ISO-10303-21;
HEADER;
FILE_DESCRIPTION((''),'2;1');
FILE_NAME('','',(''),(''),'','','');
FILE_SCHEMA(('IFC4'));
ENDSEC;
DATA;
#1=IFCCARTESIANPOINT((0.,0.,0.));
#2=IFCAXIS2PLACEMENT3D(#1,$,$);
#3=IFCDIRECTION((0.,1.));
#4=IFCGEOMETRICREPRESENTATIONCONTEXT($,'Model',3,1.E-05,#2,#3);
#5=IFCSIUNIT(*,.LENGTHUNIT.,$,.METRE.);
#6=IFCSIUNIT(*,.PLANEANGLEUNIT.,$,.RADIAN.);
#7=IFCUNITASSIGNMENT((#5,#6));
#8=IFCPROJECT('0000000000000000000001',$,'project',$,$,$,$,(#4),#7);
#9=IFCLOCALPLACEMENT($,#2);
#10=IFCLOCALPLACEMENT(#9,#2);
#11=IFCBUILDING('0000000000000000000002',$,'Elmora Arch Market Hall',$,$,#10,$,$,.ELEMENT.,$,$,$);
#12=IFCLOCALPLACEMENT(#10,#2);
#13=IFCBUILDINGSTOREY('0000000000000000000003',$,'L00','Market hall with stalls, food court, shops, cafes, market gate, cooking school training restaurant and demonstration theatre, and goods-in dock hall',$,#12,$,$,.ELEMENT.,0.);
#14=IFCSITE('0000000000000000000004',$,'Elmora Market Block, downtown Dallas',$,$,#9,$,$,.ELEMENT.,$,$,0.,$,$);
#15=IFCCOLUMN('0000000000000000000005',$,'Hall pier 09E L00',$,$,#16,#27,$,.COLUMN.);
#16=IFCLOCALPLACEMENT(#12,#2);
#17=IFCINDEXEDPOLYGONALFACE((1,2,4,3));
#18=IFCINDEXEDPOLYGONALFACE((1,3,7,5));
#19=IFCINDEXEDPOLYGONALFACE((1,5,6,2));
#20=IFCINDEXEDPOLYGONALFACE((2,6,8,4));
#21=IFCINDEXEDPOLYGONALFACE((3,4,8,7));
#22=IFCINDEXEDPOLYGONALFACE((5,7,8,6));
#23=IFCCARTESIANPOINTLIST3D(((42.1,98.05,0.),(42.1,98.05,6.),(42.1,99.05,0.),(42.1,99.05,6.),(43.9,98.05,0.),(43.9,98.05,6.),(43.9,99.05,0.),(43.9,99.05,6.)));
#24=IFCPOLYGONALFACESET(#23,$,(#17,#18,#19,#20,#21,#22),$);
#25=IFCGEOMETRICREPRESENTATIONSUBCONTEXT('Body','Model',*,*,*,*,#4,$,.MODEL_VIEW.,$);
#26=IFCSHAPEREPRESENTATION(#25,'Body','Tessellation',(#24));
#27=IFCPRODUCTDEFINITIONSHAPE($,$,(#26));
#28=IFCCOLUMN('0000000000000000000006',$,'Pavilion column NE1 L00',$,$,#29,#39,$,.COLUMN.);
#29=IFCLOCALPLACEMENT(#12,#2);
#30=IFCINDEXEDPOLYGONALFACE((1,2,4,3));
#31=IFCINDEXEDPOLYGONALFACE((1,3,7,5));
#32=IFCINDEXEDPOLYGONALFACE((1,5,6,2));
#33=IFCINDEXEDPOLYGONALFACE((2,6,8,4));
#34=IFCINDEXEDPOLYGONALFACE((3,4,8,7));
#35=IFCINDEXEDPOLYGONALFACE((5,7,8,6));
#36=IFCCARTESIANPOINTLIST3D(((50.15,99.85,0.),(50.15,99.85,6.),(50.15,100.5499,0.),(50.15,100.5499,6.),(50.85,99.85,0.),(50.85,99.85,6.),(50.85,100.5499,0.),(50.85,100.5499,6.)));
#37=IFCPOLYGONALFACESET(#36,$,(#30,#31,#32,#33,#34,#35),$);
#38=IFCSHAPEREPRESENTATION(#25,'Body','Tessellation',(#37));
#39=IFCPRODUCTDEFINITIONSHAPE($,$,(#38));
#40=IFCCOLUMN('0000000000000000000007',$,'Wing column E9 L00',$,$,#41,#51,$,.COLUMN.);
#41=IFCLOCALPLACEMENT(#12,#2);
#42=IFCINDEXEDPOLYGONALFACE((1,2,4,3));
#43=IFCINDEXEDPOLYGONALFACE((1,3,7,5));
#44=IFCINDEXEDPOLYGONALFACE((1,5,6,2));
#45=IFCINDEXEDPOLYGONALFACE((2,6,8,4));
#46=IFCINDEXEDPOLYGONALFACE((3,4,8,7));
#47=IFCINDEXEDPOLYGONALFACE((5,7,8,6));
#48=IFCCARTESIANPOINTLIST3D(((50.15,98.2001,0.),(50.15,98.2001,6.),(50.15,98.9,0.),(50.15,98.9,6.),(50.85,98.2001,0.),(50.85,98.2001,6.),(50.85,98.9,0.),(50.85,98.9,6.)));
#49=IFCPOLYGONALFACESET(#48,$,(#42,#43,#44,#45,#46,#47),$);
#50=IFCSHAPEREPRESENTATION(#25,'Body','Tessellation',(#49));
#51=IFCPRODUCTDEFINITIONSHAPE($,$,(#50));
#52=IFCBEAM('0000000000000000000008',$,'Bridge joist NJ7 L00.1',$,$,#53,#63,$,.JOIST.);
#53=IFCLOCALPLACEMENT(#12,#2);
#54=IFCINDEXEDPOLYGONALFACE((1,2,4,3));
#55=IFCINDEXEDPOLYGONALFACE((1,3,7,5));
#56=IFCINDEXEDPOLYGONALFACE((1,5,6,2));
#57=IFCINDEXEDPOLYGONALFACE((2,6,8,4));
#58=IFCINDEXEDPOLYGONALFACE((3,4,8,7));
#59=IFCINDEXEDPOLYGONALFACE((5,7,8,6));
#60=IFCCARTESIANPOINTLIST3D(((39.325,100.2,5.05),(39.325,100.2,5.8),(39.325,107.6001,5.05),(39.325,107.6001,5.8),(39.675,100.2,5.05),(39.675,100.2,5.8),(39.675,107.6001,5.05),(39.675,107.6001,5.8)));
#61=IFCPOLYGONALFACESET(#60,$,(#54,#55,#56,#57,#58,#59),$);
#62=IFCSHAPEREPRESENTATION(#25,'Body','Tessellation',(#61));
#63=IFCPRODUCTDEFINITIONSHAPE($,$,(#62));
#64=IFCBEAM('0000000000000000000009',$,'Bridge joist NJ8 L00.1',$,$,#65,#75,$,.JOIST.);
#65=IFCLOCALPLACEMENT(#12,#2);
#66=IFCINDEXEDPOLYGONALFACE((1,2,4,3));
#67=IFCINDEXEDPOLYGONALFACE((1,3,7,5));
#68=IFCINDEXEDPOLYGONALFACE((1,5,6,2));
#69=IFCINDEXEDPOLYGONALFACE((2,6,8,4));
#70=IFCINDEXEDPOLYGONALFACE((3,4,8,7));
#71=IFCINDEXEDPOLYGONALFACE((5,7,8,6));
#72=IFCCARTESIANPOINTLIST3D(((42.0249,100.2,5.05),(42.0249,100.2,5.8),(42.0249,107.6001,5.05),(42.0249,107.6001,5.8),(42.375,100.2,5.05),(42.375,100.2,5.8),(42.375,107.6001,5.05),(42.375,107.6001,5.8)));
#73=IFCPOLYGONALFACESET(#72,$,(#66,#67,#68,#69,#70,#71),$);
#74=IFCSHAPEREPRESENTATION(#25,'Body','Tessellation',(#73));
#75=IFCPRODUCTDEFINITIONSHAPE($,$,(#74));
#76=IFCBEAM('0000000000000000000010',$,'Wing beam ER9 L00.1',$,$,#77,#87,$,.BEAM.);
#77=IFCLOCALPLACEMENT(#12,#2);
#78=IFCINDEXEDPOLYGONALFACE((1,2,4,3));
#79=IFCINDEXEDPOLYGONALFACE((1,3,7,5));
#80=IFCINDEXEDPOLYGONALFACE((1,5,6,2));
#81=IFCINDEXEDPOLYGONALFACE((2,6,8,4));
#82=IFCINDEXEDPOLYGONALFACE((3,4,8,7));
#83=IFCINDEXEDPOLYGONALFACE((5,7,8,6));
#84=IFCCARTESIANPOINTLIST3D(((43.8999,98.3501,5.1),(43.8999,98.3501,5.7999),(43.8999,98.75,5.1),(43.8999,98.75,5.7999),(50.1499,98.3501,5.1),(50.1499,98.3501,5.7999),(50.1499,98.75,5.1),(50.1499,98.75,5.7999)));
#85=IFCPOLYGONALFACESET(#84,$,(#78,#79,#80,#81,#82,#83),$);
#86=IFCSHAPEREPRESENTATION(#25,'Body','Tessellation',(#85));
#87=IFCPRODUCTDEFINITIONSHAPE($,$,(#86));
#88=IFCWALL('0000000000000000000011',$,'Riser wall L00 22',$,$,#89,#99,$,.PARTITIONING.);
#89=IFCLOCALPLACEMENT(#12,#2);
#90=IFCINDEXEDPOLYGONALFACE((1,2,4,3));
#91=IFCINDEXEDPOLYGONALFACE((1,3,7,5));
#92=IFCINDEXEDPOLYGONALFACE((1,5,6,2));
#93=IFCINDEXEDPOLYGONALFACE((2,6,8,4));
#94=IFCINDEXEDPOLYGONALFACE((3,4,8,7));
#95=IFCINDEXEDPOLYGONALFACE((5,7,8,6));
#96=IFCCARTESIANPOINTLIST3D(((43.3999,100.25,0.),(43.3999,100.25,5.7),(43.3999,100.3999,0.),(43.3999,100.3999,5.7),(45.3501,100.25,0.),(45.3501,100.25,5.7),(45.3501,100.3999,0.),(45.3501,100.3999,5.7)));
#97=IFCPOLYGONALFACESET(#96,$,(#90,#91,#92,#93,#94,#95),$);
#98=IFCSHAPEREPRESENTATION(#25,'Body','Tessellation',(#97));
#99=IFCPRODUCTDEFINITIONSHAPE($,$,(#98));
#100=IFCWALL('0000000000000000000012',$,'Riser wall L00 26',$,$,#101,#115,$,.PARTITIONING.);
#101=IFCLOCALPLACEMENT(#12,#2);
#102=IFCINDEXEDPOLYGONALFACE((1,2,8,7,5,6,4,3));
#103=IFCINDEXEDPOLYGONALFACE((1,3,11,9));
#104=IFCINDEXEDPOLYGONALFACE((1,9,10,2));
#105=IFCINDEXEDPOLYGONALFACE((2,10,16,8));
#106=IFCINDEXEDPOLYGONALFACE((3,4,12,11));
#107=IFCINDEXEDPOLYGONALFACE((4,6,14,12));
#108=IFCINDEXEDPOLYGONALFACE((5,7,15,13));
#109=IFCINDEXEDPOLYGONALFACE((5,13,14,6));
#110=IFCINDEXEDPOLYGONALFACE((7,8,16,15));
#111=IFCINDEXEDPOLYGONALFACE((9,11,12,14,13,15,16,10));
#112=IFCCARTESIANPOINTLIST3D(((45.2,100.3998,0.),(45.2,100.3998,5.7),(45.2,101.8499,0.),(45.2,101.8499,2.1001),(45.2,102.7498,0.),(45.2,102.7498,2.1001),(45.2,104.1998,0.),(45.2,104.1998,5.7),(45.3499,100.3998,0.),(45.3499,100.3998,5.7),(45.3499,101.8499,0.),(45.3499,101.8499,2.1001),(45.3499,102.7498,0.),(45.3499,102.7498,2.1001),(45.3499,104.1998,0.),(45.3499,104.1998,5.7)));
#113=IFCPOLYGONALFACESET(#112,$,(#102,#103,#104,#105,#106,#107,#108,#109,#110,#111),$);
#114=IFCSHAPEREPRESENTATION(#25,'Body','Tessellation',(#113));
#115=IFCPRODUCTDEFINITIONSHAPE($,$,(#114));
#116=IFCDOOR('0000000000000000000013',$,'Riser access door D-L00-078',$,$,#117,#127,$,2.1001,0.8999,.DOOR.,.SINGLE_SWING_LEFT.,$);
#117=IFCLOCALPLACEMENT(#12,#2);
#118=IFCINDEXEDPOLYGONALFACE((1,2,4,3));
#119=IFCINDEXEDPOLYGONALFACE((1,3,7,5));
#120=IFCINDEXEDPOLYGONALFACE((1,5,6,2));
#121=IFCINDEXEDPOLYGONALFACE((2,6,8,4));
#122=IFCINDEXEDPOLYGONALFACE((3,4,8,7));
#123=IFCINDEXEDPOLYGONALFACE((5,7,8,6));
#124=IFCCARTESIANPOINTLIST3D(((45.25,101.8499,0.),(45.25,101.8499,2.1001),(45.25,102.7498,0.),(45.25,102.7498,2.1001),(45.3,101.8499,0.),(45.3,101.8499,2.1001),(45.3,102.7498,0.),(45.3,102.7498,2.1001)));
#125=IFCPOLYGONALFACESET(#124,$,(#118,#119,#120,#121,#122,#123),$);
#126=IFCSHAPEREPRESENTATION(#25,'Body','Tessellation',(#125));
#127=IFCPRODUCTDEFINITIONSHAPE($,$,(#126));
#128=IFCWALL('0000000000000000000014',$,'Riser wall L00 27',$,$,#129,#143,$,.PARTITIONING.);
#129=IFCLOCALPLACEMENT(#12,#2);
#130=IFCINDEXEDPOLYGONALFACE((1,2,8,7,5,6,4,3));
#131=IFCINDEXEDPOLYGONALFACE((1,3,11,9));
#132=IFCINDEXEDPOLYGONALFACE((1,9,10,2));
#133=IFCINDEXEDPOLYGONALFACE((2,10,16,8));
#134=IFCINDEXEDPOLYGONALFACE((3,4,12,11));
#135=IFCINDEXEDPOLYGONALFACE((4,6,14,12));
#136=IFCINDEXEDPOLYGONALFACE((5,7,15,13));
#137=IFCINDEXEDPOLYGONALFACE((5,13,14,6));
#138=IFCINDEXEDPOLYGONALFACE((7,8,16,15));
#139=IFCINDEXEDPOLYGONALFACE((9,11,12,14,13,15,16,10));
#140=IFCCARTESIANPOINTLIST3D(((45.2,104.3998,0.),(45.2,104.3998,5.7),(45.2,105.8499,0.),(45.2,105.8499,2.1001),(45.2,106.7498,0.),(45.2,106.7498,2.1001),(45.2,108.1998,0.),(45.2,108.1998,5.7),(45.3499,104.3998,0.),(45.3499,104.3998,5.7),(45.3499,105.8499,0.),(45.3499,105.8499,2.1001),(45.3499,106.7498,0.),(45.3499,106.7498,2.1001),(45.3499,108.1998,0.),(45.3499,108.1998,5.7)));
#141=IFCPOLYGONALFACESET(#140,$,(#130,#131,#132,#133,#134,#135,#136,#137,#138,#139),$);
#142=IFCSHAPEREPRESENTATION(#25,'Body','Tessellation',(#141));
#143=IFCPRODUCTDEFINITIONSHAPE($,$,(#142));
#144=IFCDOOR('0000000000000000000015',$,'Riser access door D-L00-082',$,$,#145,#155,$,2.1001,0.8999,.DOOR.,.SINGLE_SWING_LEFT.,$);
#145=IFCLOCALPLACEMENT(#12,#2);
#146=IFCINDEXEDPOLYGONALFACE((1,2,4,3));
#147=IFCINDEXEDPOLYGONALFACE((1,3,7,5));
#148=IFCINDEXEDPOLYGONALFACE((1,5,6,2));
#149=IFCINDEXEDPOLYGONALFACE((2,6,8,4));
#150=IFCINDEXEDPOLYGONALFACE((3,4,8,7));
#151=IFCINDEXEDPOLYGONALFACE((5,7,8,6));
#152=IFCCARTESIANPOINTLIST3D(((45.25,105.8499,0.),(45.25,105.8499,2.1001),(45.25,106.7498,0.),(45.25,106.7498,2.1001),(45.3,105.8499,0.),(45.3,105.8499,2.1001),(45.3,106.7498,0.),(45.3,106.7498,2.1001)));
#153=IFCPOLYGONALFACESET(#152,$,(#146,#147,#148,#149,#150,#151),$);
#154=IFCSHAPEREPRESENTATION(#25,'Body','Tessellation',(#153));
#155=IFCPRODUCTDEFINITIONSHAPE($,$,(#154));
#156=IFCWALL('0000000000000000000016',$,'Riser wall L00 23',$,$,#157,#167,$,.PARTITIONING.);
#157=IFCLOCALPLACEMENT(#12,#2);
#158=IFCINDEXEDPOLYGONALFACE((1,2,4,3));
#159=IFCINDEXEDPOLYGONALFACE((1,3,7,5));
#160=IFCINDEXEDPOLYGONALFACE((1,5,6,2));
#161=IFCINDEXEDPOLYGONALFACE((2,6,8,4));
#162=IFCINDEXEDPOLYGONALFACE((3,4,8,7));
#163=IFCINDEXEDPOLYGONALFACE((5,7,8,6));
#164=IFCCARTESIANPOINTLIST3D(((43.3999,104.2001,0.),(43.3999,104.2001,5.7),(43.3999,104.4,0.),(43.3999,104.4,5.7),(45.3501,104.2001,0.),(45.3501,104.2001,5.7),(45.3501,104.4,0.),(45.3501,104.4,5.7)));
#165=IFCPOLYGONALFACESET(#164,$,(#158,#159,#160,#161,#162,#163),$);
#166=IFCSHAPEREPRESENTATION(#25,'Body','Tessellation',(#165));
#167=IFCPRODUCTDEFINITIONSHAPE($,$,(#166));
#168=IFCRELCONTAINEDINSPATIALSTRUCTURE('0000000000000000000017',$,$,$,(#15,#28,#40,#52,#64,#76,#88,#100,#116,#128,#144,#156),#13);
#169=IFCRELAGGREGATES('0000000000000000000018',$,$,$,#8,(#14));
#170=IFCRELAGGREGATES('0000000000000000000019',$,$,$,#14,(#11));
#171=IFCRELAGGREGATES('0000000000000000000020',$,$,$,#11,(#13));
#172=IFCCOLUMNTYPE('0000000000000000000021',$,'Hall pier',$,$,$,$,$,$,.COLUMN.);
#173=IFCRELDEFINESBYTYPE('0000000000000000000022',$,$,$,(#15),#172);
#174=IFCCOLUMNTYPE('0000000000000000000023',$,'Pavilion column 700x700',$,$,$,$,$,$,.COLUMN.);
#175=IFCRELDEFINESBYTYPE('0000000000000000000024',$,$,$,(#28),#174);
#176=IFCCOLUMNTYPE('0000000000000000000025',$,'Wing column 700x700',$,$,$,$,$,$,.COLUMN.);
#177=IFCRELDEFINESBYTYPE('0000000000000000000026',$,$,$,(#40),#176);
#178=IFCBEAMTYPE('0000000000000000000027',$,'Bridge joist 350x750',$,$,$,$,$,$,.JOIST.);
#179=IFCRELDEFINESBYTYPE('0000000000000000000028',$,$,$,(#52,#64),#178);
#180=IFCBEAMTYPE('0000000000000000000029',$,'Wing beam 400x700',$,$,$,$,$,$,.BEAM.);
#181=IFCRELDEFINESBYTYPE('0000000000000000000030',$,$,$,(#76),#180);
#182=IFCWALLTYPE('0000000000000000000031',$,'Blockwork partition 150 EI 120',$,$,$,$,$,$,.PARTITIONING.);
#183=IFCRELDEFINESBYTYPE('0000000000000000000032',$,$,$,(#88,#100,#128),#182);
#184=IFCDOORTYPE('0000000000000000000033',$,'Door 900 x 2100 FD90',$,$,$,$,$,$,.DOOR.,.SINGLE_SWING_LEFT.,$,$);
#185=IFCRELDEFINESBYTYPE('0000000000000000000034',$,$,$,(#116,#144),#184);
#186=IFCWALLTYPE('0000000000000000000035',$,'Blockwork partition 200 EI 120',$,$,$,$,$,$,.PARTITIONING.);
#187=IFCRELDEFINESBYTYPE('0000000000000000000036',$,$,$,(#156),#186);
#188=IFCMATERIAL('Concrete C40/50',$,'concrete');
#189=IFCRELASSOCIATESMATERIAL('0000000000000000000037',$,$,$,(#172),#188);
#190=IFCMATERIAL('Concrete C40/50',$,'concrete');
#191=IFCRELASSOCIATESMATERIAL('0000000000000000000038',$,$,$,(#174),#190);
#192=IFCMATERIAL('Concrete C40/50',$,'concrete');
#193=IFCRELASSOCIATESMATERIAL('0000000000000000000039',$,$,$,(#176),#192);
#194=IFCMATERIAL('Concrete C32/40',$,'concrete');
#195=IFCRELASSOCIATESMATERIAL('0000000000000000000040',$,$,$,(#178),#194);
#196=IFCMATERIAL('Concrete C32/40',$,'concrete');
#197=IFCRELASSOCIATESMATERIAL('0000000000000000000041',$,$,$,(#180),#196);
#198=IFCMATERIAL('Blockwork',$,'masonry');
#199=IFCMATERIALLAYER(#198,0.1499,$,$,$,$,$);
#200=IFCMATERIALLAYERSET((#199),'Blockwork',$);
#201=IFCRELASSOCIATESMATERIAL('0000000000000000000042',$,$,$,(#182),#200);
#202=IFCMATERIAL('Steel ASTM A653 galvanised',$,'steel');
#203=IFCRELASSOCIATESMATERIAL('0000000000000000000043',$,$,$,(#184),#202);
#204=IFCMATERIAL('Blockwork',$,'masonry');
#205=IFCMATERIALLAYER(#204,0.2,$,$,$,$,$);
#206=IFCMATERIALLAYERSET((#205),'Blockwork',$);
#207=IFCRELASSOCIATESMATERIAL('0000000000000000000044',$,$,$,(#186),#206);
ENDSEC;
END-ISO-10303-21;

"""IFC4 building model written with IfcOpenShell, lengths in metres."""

from ifc_helpers import new_model, si_unit, direction, frame, frame_2d, origin, origin_2d, place, context, subcontext, project, spatial, rectangle, extrude, material, layer, layer_set, material_profile, profile_set, type_object, element, fill, save


model = new_model("IFC4")

# Units and contexts
model_context = context("Model", 3, precision=1e-05, world=origin(), true_north=direction((0.0, 1.0)))
body_context = subcontext(model_context, "Body", "Model", "MODEL_VIEW")
ifc_project = project(units=[si_unit("LENGTHUNIT", "METRE"), si_unit("PLANEANGLEUNIT", "RADIAN")], contexts=[model_context])

# Site, building, storey
site_placement = place(None, origin())
site = spatial("IfcSite", under=ifc_project, at=site_placement, Name="Elmora Market Block, downtown Dallas", CompositionType="ELEMENT", RefElevation=0.0)
building_placement = place(site_placement, origin())
building = spatial("IfcBuilding", under=site, at=building_placement, Name="Elmora Arch Market Hall", CompositionType="ELEMENT")
storey_placement = place(building_placement, origin())
storey = spatial("IfcBuildingStorey", under=building, at=storey_placement, Name="L00", Description="Market hall with stalls, food court, shops, cafes, market gate, cooking school training restaurant and demonstration theatre, and goods-in dock hall", CompositionType="ELEMENT", Elevation=0.0)

# Columns
ifc_material_1 = material(Name="Concrete C40/50", Category="concrete")
ifc_material_profile_1 = material_profile(ifc_material_1, rectangle(XDim=1.8, YDim=1.0, at=origin_2d()), Name="Hall pier")
ifc_profile_set_1 = profile_set([ifc_material_profile_1], Name="Concrete C40/50")
column_type_1 = type_object("IfcColumnType", Name="Hall pier", PredefinedType="COLUMN", material=ifc_profile_set_1)
column_1_placement = place(storey_placement, frame((43.0, 98.55, 0.0), z_axis=(0.0, 0.0, 1.0), x_axis=(1.0, 0.0, 0.0)))
element("IfcColumn", 1, at=column_1_placement, inside=storey, type_object=column_type_1, Name="Hall pier 09E L00", PredefinedType="COLUMN", context=body_context, shape_type="SweptSolid", body=[
    extrude(rectangle(XDim=1.8, YDim=1.0, at=origin_2d()), origin(), (0.0, 0.0, 1.0), 6.0),
])
ifc_material_2 = material(Name="Concrete C40/50", Category="concrete")
ifc_material_profile_2 = material_profile(ifc_material_2, rectangle(XDim=0.7, YDim=0.7, at=origin_2d()), Name="Pavilion column 700x700")
ifc_profile_set_2 = profile_set([ifc_material_profile_2], Name="Concrete C40/50")
column_type_2 = type_object("IfcColumnType", Name="Pavilion column 700x700", PredefinedType="COLUMN", material=ifc_profile_set_2)
column_2_placement = place(storey_placement, frame((50.5, 100.2, 0.0), z_axis=(0.0, 0.0, 1.0), x_axis=(1.0, 0.0, 0.0)))
element("IfcColumn", 2, at=column_2_placement, inside=storey, type_object=column_type_2, Name="Pavilion column NE1 L00", PredefinedType="COLUMN", context=body_context, shape_type="SweptSolid", body=[
    extrude(rectangle(XDim=0.7, YDim=0.7, at=origin_2d()), origin(), (0.0, 0.0, 1.0), 6.0),
])
ifc_material_3 = material(Name="Concrete C40/50", Category="concrete")
ifc_material_profile_3 = material_profile(ifc_material_3, rectangle(XDim=0.7, YDim=0.7, at=origin_2d()), Name="Wing column 700x700")
ifc_profile_set_3 = profile_set([ifc_material_profile_3], Name="Concrete C40/50")
column_type_3 = type_object("IfcColumnType", Name="Wing column 700x700", PredefinedType="COLUMN", material=ifc_profile_set_3)
column_3_placement = place(storey_placement, frame((50.5, 98.55, 0.0), z_axis=(0.0, 0.0, 1.0), x_axis=(1.0, 0.0, 0.0)))
element("IfcColumn", 3, at=column_3_placement, inside=storey, type_object=column_type_3, Name="Wing column E9 L00", PredefinedType="COLUMN", context=body_context, shape_type="SweptSolid", body=[
    extrude(rectangle(XDim=0.7, YDim=0.7, at=origin_2d()), origin(), (0.0, 0.0, 1.0), 6.0),
])

# Beams
ifc_material_4 = material(Name="Concrete C32/40", Category="concrete")
ifc_material_profile_4 = material_profile(ifc_material_4, rectangle(XDim=0.3501, YDim=0.75, at=origin_2d()), Name="Bridge joist 350x750")
ifc_profile_set_4 = profile_set([ifc_material_profile_4], Name="Concrete C32/40")
beam_type_1 = type_object("IfcBeamType", Name="Bridge joist 350x750", PredefinedType="JOIST", material=ifc_profile_set_4)
for number, where, z_axis, x_axis, name in (
    (4, (39.5, 100.2, 5.425), (0.0, 1.0, 0.0), (-1.0, 0.0, 0.0), "Bridge joist NJ7 L00.1"),
    (5, (42.2, 100.2, 5.425), (0.0, 1.0, 0.0), (-1.0, 0.0, 0.0), "Bridge joist NJ8 L00.1"),
):
    element("IfcBeam", number, at=place(storey_placement, frame(where, z_axis=z_axis, x_axis=x_axis)), inside=storey, type_object=beam_type_1, Name=name, PredefinedType="JOIST", context=body_context, shape_type="SweptSolid", body=[
        extrude(rectangle(XDim=0.3501, YDim=0.75, at=origin_2d()), origin(), (0.0, 0.0, 1.0), 7.4001),
    ])
ifc_material_5 = material(Name="Concrete C32/40", Category="concrete")
ifc_material_profile_5 = material_profile(ifc_material_5, rectangle(XDim=0.3999, YDim=0.7, at=origin_2d()), Name="Wing beam 400x700")
ifc_profile_set_5 = profile_set([ifc_material_profile_5], Name="Concrete C32/40")
beam_type_2 = type_object("IfcBeamType", Name="Wing beam 400x700", PredefinedType="BEAM", material=ifc_profile_set_5)
beam_placement = place(storey_placement, frame((43.8999, 98.55, 5.45), z_axis=(1.0, 0.0, 0.0), x_axis=(0.0, 1.0, 0.0)))
element("IfcBeam", 6, at=beam_placement, inside=storey, type_object=beam_type_2, Name="Wing beam ER9 L00.1", PredefinedType="BEAM", context=body_context, shape_type="SweptSolid", body=[
    extrude(rectangle(XDim=0.3999, YDim=0.7, at=origin_2d()), origin(), (0.0, 0.0, 1.0), 6.25),
])

# Wall
ifc_material_6 = material(Name="Blockwork", Category="masonry")
ifc_layer_1 = layer(ifc_material_6, 0.1499)
ifc_layer_set_1 = layer_set([ifc_layer_1], Name="Blockwork")
wall_type_1 = type_object("IfcWallType", Name="Blockwork partition 150 EI 120", PredefinedType="PARTITIONING", material=ifc_layer_set_1)
wall_1_placement = place(storey_placement, frame((43.3999, 100.325, 0.0), z_axis=(0.0, 0.0, 1.0), x_axis=(1.0, 0.0, 0.0)))
element("IfcWall", 7, at=wall_1_placement, inside=storey, type_object=wall_type_1, Name="Riser wall L00 22", PredefinedType="PARTITIONING", context=body_context, shape_type="SweptSolid", body=[
    extrude(rectangle(XDim=1.9502, YDim=0.1499, at=frame_2d((0.9751, 0.0))), origin(), (0.0, 0.0, 1.0), 5.7),
])

# Walls, openings, doors
wall_2_placement = place(storey_placement, frame((45.2749, 100.3999, 0.0), z_axis=(0.0, 0.0, 1.0), x_axis=(0.0, 1.0, 0.0)))
wall_2 = element("IfcWall", 8, at=wall_2_placement, inside=storey, type_object=wall_type_1, Name="Riser wall L00 26", PredefinedType="PARTITIONING", context=body_context, shape_type="SweptSolid", body=[
    extrude(rectangle(XDim=3.8, YDim=0.1499, at=frame_2d((1.8999, 0.0))), origin(), (0.0, 0.0, 1.0), 5.7),
])
opening_1_placement = place(wall_2_placement, frame((1.45, 0.0, 0.0)))
opening_1 = element("IfcOpeningElement", 9, at=opening_1_placement, cuts=wall_2, PredefinedType="OPENING", context=body_context, shape_type="SweptSolid", body=[
    extrude(rectangle(XDim=0.8999, YDim=2.1001, at=frame_2d((0.45, 1.05))), frame((0.0, 0.085, 0.0), z_axis=(0.0, -1.0, 0.0), x_axis=(1.0, 0.0, 0.0)), (0.0, 0.0, 1.0), 0.1699),
])
ifc_material_7 = material(Name="Steel ASTM A653 galvanised", Category="steel")
door_type_1 = type_object("IfcDoorType", Name="Door 900 x 2100 FD90", OperationType="SINGLE_SWING_LEFT", PredefinedType="DOOR", material=ifc_material_7)
door_1_placement = place(opening_1_placement, origin())
door_1 = element("IfcDoor", 10, at=door_1_placement, inside=storey, type_object=door_type_1, Name="Riser access door D-L00-078", OperationType="SINGLE_SWING_LEFT", OverallHeight=2.1001, OverallWidth=0.8999, PredefinedType="DOOR", context=body_context, shape_type="SweptSolid", body=[
    extrude(rectangle(XDim=0.8999, YDim=2.1001, at=frame_2d((0.45, 1.05))), frame((0.0, 0.0249, 0.0), z_axis=(0.0, -1.0, 0.0), x_axis=(1.0, 0.0, 0.0)), (0.0, 0.0, 1.0), 0.05),
])
fill(opening_1, door_1)
wall_3_placement = place(storey_placement, frame((45.2749, 104.3999, 0.0), z_axis=(0.0, 0.0, 1.0), x_axis=(0.0, 1.0, 0.0)))
wall_3 = element("IfcWall", 11, at=wall_3_placement, inside=storey, type_object=wall_type_1, Name="Riser wall L00 27", PredefinedType="PARTITIONING", context=body_context, shape_type="SweptSolid", body=[
    extrude(rectangle(XDim=3.8, YDim=0.1499, at=frame_2d((1.8999, 0.0))), origin(), (0.0, 0.0, 1.0), 5.7),
])
opening_2_placement = place(wall_3_placement, frame((1.45, 0.0, 0.0)))
opening_2 = element("IfcOpeningElement", 12, at=opening_2_placement, cuts=wall_3, PredefinedType="OPENING", context=body_context, shape_type="SweptSolid", body=[
    extrude(rectangle(XDim=0.8999, YDim=2.1001, at=frame_2d((0.45, 1.05))), frame((0.0, 0.085, 0.0), z_axis=(0.0, -1.0, 0.0), x_axis=(1.0, 0.0, 0.0)), (0.0, 0.0, 1.0), 0.1699),
])
door_2_placement = place(opening_2_placement, origin())
door_2 = element("IfcDoor", 13, at=door_2_placement, inside=storey, type_object=door_type_1, Name="Riser access door D-L00-082", OperationType="SINGLE_SWING_LEFT", OverallHeight=2.1001, OverallWidth=0.8999, PredefinedType="DOOR", context=body_context, shape_type="SweptSolid", body=[
    extrude(rectangle(XDim=0.8999, YDim=2.1001, at=frame_2d((0.45, 1.05))), frame((0.0, 0.0249, 0.0), z_axis=(0.0, -1.0, 0.0), x_axis=(1.0, 0.0, 0.0)), (0.0, 0.0, 1.0), 0.05),
])
fill(opening_2, door_2)

# Wall
ifc_material_8 = material(Name="Blockwork", Category="masonry")
ifc_layer_2 = layer(ifc_material_8, 0.2)
ifc_layer_set_2 = layer_set([ifc_layer_2], Name="Blockwork")
wall_type_2 = type_object("IfcWallType", Name="Blockwork partition 200 EI 120", PredefinedType="PARTITIONING", material=ifc_layer_set_2)
wall_4_placement = place(storey_placement, frame((43.3999, 104.3, 0.0), z_axis=(0.0, 0.0, 1.0), x_axis=(1.0, 0.0, 0.0)))
element("IfcWall", 14, at=wall_4_placement, inside=storey, type_object=wall_type_2, Name="Riser wall L00 23", PredefinedType="PARTITIONING", context=body_context, shape_type="SweptSolid", body=[
    extrude(rectangle(XDim=1.9502, YDim=0.2, at=frame_2d((0.9751, 0.0))), origin(), (0.0, 0.0, 1.0), 5.7),
])

save(model, "model.ifc")
